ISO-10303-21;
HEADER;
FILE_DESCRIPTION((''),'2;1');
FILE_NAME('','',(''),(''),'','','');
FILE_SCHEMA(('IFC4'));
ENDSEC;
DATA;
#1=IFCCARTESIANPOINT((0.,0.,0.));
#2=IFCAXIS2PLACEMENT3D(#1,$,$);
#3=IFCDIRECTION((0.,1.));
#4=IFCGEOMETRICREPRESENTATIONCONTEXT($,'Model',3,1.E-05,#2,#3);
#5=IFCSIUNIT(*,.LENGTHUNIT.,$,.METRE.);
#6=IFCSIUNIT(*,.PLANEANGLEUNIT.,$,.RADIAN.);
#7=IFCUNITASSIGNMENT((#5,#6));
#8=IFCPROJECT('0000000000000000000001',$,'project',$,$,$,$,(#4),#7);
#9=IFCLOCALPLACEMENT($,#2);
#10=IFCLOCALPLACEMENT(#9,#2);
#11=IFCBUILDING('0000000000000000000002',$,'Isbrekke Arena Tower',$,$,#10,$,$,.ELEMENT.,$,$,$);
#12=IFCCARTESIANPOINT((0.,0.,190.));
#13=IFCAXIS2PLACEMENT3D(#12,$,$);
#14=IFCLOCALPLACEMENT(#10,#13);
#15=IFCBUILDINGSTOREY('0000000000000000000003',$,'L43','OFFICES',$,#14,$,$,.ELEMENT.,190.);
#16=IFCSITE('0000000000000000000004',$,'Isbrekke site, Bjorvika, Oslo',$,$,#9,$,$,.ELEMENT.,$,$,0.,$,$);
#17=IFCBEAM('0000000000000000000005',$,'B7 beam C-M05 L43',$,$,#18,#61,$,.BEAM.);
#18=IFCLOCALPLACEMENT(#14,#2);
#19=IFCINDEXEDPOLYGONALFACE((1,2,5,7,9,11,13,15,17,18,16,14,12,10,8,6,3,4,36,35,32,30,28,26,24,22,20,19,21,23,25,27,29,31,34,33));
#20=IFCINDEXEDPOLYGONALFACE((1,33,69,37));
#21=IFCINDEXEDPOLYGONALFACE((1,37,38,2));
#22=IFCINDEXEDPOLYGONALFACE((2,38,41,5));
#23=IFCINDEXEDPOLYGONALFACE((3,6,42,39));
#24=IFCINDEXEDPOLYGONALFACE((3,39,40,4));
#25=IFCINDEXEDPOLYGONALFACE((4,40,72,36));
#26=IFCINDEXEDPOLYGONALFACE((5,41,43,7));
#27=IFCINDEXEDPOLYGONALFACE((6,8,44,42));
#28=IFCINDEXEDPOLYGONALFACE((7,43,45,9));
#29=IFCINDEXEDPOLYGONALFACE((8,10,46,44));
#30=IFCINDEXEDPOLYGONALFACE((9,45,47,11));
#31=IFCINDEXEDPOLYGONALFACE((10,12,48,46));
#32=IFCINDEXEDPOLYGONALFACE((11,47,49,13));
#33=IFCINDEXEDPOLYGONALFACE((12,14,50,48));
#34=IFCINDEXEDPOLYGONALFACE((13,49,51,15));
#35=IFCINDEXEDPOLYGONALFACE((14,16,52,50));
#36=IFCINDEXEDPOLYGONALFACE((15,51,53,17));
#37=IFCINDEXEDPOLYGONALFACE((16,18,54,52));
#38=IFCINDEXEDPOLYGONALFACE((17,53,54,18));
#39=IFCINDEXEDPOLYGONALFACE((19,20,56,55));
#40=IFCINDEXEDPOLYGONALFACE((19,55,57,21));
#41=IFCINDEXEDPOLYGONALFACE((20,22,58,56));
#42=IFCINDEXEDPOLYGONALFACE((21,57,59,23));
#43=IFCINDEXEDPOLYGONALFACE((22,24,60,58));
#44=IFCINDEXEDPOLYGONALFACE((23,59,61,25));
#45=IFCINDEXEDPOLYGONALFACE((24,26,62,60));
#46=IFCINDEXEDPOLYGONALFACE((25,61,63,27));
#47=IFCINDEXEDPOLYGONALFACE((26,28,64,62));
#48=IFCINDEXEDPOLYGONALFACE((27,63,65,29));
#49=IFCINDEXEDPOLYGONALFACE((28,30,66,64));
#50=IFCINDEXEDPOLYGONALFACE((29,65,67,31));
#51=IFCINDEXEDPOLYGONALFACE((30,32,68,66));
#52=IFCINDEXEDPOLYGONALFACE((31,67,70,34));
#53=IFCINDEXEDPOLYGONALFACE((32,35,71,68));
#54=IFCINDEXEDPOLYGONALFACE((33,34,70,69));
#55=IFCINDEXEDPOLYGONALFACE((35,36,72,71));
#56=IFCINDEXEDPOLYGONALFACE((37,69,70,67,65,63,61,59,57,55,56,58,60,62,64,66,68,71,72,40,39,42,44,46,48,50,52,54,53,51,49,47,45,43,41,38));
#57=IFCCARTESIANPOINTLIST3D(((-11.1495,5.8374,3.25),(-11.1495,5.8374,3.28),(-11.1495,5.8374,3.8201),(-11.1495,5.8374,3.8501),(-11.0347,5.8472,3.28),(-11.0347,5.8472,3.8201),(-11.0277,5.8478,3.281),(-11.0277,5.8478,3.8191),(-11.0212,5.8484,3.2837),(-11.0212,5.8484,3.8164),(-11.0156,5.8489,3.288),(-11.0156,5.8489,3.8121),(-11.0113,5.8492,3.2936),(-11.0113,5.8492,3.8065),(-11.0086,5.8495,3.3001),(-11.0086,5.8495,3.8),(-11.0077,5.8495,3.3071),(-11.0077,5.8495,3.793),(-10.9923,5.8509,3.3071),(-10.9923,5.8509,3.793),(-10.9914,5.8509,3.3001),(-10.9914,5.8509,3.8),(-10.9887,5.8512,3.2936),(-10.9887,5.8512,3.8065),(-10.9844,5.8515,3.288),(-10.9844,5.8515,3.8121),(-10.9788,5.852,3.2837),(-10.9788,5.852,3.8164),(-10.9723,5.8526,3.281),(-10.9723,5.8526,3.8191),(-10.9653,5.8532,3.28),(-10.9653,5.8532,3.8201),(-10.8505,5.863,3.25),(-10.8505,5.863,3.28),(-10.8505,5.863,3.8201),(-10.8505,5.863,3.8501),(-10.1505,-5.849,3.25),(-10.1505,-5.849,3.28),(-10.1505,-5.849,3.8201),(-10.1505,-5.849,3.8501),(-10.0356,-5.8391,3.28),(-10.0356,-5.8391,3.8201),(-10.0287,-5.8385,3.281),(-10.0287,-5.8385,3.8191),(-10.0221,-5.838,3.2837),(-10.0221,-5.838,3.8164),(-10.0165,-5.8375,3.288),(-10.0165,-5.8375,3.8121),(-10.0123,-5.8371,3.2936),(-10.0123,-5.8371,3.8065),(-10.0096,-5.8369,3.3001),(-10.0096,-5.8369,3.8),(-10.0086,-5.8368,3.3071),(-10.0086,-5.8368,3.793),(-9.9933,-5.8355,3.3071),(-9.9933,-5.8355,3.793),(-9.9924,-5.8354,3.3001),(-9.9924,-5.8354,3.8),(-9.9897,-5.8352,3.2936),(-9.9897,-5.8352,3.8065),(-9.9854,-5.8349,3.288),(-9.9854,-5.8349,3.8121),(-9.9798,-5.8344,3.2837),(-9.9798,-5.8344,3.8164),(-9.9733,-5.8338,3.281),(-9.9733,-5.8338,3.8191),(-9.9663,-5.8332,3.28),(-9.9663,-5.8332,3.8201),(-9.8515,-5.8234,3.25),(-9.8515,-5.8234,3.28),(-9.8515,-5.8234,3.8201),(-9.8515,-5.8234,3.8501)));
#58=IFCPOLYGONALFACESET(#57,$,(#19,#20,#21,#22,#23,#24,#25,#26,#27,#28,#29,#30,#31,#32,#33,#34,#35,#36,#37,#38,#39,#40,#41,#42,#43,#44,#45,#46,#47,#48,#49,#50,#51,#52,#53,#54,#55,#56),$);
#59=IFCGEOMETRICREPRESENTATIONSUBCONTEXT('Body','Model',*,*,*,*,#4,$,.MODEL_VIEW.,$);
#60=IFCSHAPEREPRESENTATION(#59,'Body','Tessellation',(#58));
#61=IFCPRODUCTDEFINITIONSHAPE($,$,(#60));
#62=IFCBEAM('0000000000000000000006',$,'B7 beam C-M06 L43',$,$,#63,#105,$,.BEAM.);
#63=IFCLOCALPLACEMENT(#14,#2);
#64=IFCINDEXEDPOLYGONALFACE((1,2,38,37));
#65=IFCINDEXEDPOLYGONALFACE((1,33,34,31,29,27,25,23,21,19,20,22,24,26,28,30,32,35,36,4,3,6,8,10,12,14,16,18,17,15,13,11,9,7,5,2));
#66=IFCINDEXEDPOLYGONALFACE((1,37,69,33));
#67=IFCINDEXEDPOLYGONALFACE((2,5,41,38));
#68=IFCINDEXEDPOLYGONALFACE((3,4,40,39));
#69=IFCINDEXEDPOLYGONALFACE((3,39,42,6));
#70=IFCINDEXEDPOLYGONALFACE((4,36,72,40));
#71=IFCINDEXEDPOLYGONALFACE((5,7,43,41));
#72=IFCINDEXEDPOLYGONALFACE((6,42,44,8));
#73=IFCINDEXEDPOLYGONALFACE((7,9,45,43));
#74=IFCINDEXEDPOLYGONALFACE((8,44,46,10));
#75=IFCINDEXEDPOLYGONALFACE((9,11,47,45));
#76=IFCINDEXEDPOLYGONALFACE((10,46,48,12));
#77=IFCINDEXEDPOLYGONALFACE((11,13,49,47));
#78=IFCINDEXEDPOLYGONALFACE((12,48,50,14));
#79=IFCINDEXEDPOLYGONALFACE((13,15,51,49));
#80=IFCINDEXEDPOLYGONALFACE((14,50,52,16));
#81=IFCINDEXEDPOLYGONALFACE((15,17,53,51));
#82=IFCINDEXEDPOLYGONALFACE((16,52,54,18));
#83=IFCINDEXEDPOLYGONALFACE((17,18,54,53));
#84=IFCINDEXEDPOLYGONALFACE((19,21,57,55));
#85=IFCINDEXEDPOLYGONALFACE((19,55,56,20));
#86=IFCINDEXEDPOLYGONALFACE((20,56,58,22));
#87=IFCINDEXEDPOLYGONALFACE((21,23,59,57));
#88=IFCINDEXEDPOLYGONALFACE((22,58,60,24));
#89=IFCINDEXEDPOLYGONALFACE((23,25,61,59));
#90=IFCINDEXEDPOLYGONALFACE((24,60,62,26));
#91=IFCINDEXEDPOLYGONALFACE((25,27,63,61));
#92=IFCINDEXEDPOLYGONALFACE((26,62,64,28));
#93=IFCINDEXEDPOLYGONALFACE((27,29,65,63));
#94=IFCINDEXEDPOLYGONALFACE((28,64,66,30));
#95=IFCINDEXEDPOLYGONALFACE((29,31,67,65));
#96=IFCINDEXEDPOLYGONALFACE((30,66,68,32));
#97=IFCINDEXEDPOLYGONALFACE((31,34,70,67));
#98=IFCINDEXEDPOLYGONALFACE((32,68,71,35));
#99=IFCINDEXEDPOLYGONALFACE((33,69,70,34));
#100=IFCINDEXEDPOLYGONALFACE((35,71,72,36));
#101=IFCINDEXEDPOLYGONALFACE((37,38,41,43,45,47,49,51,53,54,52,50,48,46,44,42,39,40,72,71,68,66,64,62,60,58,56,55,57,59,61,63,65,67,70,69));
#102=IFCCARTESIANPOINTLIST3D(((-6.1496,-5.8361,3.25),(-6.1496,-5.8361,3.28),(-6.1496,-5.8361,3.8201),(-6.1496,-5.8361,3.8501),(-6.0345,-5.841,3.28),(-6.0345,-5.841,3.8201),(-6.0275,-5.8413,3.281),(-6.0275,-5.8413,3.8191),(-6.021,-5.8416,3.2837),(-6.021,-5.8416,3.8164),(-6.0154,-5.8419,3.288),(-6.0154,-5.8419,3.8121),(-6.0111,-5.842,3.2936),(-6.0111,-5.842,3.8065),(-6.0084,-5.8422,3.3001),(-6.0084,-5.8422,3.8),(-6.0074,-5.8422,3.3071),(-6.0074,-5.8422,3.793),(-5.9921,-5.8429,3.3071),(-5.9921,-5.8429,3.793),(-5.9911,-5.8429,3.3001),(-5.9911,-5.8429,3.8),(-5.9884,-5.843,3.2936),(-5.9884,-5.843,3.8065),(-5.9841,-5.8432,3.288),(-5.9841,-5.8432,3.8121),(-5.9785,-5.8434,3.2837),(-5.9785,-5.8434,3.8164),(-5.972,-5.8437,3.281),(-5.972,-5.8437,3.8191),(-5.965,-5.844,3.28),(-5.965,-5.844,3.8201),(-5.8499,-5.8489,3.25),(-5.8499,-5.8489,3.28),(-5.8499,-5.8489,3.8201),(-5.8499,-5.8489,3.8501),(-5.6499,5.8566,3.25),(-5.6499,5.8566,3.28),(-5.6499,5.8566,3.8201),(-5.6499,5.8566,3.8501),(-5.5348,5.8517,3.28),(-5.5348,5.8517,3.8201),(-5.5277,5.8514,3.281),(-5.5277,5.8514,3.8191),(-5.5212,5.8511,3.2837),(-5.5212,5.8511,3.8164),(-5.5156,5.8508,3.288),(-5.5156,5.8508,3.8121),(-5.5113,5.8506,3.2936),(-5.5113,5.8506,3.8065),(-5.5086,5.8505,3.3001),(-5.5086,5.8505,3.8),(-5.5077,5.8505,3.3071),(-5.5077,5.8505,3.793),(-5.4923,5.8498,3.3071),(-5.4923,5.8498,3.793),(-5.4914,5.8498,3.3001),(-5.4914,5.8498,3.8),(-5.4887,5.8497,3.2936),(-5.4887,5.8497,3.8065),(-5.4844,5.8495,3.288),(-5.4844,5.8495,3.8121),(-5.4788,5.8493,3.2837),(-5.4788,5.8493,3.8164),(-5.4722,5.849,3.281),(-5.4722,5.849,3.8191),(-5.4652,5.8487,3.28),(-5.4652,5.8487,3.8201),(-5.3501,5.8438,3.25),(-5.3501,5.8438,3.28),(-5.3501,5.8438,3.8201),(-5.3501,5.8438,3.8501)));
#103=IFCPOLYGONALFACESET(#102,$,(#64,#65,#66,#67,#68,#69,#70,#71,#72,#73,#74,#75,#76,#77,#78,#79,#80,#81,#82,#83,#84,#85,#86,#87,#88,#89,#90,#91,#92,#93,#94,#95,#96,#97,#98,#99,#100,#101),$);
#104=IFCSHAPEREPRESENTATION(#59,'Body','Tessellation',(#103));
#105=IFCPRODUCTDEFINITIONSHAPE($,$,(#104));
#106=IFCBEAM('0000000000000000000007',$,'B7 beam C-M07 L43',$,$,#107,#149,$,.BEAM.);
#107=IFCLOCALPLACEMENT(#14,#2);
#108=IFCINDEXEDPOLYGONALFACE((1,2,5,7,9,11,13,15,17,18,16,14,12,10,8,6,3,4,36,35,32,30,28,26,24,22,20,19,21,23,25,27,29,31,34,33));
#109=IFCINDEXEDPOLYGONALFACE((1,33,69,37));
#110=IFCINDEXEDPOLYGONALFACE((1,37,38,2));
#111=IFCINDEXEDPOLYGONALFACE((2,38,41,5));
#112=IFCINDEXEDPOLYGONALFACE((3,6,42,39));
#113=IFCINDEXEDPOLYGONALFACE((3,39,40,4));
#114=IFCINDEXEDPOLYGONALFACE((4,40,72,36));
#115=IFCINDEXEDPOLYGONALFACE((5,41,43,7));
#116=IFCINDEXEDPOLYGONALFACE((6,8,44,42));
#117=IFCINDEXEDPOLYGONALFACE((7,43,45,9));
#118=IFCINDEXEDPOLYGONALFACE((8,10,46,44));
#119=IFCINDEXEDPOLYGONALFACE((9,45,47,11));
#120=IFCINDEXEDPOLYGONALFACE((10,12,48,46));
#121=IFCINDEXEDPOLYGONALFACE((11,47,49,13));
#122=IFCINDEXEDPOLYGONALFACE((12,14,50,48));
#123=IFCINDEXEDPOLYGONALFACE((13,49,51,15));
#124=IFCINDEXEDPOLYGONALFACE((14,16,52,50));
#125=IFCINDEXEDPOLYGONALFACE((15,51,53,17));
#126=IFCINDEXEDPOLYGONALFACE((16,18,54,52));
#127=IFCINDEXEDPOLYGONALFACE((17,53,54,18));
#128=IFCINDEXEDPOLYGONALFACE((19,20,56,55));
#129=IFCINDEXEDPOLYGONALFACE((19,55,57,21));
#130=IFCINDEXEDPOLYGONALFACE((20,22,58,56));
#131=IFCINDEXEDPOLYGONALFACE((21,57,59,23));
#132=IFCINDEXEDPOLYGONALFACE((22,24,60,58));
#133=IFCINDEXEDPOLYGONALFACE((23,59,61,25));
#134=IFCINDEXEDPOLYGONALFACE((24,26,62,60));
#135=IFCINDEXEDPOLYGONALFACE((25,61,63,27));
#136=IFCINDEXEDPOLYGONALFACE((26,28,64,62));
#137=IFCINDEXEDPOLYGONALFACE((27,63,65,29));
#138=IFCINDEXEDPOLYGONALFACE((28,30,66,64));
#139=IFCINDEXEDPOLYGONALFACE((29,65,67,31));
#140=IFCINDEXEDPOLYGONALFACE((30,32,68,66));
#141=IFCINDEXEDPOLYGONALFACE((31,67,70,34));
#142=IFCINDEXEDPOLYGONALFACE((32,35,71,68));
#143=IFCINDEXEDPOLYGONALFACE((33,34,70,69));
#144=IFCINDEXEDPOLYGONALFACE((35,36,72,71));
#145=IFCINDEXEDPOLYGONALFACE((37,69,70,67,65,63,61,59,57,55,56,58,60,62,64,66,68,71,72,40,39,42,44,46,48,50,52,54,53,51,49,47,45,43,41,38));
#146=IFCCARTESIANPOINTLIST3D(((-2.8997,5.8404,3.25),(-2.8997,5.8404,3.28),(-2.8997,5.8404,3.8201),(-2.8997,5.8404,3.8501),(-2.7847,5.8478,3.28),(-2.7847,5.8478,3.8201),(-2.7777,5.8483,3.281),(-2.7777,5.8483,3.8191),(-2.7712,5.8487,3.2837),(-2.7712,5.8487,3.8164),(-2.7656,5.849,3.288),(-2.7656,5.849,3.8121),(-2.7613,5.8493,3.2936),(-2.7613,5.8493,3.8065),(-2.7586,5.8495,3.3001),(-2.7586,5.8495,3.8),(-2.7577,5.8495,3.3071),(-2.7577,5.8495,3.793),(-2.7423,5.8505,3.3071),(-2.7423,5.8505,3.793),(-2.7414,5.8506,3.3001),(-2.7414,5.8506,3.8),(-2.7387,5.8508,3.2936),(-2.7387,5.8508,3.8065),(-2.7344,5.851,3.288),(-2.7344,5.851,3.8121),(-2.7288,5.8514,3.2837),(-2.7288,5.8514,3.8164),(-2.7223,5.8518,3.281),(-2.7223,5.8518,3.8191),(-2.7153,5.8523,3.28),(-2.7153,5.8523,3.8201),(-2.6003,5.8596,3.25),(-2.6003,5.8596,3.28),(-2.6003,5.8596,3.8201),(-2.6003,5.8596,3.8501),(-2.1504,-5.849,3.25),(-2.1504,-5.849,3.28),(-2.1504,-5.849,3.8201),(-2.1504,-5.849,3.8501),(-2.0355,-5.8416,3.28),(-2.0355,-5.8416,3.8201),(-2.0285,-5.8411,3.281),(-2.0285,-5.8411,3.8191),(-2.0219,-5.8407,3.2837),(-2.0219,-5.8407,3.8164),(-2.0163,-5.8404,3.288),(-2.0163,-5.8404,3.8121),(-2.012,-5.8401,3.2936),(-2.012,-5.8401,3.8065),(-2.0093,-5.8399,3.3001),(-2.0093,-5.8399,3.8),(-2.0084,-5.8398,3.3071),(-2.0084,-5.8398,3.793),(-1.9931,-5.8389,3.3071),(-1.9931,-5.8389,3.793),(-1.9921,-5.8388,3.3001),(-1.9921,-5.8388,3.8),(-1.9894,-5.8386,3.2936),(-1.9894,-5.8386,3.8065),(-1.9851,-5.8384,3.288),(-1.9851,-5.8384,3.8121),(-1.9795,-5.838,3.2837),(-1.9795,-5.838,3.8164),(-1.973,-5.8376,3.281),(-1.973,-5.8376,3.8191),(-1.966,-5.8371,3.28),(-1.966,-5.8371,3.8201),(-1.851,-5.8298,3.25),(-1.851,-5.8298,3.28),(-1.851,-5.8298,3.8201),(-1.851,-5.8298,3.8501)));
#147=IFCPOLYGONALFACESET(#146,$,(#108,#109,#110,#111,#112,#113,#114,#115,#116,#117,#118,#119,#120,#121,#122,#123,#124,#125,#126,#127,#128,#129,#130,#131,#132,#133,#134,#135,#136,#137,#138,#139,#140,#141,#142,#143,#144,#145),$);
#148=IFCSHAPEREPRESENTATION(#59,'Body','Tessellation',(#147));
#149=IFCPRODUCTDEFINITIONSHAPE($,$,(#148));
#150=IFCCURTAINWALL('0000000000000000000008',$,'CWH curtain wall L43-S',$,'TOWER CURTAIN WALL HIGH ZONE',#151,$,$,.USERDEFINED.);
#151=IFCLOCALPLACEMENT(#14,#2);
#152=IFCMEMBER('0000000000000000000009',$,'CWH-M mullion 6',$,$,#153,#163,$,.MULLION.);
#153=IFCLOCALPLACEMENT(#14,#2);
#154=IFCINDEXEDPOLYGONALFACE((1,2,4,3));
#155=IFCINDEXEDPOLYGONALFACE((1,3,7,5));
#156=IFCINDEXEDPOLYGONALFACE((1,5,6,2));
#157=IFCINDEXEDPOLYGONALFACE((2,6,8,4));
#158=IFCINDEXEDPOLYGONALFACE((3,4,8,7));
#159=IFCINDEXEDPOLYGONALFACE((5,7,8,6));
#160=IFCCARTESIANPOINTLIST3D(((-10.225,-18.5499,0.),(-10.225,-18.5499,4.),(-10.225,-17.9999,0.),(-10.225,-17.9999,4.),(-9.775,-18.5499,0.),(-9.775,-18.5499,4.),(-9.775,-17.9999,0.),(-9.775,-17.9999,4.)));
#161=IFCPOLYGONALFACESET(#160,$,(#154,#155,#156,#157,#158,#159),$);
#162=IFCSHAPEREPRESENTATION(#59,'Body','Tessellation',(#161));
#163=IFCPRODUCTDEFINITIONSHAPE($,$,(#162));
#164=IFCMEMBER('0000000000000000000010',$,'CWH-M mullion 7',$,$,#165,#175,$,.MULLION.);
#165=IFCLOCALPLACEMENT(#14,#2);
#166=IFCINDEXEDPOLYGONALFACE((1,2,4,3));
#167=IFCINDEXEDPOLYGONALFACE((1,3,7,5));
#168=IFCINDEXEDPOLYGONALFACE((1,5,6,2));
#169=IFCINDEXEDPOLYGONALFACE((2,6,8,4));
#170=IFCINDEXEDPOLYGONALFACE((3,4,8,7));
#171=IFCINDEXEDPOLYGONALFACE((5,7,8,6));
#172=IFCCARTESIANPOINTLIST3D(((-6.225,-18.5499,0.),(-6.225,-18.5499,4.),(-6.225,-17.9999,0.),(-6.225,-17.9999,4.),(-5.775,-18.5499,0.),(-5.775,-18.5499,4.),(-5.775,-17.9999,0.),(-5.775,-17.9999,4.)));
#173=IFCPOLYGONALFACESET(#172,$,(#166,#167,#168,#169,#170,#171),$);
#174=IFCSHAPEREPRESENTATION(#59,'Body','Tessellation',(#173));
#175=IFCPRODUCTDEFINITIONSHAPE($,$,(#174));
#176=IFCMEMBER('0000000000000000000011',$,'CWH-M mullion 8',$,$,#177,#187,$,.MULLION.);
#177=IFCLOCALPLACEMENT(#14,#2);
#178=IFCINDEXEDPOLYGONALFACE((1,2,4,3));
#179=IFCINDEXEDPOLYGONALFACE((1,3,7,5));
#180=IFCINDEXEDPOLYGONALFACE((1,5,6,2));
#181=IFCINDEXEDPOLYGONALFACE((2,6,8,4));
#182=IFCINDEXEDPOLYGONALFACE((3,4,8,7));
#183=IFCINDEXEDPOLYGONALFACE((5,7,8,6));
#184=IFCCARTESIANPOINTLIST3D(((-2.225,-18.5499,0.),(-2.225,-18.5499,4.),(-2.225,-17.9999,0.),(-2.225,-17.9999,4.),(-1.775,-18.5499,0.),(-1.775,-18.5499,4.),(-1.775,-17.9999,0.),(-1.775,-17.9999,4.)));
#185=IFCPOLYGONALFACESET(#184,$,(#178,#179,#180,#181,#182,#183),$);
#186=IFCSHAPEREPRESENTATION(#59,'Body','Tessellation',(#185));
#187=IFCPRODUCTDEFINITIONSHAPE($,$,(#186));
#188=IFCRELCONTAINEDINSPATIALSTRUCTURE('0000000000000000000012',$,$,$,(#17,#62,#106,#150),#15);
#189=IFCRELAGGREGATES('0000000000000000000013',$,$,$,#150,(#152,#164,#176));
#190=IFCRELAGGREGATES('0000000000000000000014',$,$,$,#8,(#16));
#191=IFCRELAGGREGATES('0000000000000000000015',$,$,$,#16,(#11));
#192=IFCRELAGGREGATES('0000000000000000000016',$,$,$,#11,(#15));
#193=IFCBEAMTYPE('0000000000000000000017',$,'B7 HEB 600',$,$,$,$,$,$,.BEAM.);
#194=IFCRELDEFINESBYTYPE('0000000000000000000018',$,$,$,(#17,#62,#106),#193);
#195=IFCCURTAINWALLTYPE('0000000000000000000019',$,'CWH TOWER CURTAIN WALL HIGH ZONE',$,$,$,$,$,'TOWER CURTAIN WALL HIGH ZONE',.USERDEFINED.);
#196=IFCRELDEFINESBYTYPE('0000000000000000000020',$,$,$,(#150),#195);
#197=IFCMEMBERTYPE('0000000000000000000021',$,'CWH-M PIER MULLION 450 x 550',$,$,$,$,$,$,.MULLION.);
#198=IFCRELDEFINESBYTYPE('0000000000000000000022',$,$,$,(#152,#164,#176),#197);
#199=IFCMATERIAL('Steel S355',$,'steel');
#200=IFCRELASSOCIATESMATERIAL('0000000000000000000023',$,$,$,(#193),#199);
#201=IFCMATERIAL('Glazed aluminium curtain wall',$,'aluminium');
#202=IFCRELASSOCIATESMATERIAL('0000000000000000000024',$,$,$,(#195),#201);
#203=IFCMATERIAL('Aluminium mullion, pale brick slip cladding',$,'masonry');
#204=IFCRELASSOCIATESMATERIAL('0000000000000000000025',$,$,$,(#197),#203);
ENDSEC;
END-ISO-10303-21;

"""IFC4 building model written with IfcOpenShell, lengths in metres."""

from ifc_helpers import new_model, si_unit, direction, frame, origin, origin_2d, place, context, subcontext, project, spatial, rectangle, i_section, extrude, material, material_profile, profile_set, type_object, element, aggregate, save


model = new_model("IFC4")

# Units and contexts
model_context = context("Model", 3, precision=1e-05, world=origin(), true_north=direction((0.0, 1.0)))
body_context = subcontext(model_context, "Body", "Model", "MODEL_VIEW")
ifc_project = project(units=[si_unit("LENGTHUNIT", "METRE"), si_unit("PLANEANGLEUNIT", "RADIAN")], contexts=[model_context])

# Site, building, storey
site_placement = place(None, origin())
site = spatial("IfcSite", under=ifc_project, at=site_placement, Name="Isbrekke site, Bjorvika, Oslo", CompositionType="ELEMENT", RefElevation=0.0)
building_placement = place(site_placement, origin())
building = spatial("IfcBuilding", under=site, at=building_placement, Name="Isbrekke Arena Tower", CompositionType="ELEMENT")
storey_placement = place(building_placement, frame((0.0, 0.0, 190.0)))
storey = spatial("IfcBuildingStorey", under=building, at=storey_placement, Name="L43", Description="OFFICES", CompositionType="ELEMENT", Elevation=190.0)

# Beams
ifc_material_1 = material(Name="Steel S355", Category="steel")
ifc_material_profile_1 = material_profile(ifc_material_1, i_section(OverallWidth=0.3, OverallDepth=0.6001, WebThickness=0.0154, FlangeThickness=0.03, FilletRadius=0.0271, at=origin_2d()), Name="HEB 600")
ifc_profile_set_1 = profile_set([ifc_material_profile_1], Name="Steel S355")
beam_type_1 = type_object("IfcBeamType", Name="B7 HEB 600", PredefinedType="BEAM", material=ifc_profile_set_1)
beam_1_placement = place(storey_placement, frame((-10.001, -5.8362, 3.55), z_axis=(-0.085176, 0.996366, 0.0), x_axis=(-0.996366, -0.085176, 0.0)))
element("IfcBeam", 1, at=beam_1_placement, inside=storey, type_object=beam_type_1, Name="B7 beam C-M05 L43", PredefinedType="BEAM", context=body_context, shape_type="SweptSolid", body=[
    extrude(i_section(OverallWidth=0.3, OverallDepth=0.6001, WebThickness=0.0154, FlangeThickness=0.03, FilletRadius=0.0271, at=origin_2d()), origin(), (0.0, 0.0, 1.0), 11.729),
])
beam_2_placement = place(storey_placement, frame((-5.9998, -5.8425, 3.55), z_axis=(0.042702, 0.999088, 0.0), x_axis=(-0.999088, 0.042702, 0.0)))
element("IfcBeam", 2, at=beam_2_placement, inside=storey, type_object=beam_type_1, Name="B7 beam C-M06 L43", PredefinedType="BEAM", context=body_context, shape_type="SweptSolid", body=[
    extrude(i_section(OverallWidth=0.3, OverallDepth=0.6001, WebThickness=0.0154, FlangeThickness=0.03, FilletRadius=0.0271, at=origin_2d()), origin(), (0.0, 0.0, 1.0), 11.7034),
])
beam_3_placement = place(storey_placement, frame((-2.0007, -5.8394, 3.55), z_axis=(-0.063966, 0.997952, 0.0), x_axis=(-0.997952, -0.063966, 0.0)))
element("IfcBeam", 3, at=beam_3_placement, inside=storey, type_object=beam_type_1, Name="B7 beam C-M07 L43", PredefinedType="BEAM", context=body_context, shape_type="SweptSolid", body=[
    extrude(i_section(OverallWidth=0.3, OverallDepth=0.6001, WebThickness=0.0154, FlangeThickness=0.03, FilletRadius=0.0271, at=origin_2d()), origin(), (0.0, 0.0, 1.0), 11.7134),
])

# Curtain wall, members
ifc_material_2 = material(Name="Glazed aluminium curtain wall", Category="aluminium")
curtain_wall_type = type_object("IfcCurtainWallType", Name="CWH TOWER CURTAIN WALL HIGH ZONE", ElementType="TOWER CURTAIN WALL HIGH ZONE", PredefinedType="USERDEFINED", material=ifc_material_2)
curtain_wall_placement = place(storey_placement, origin())
curtain_wall = element("IfcCurtainWall", 4, at=curtain_wall_placement, inside=storey, type_object=curtain_wall_type, Name="CWH curtain wall L43-S", ObjectType="TOWER CURTAIN WALL HIGH ZONE", PredefinedType="USERDEFINED")
ifc_material_3 = material(Name="Aluminium mullion, pale brick slip cladding", Category="masonry")
ifc_material_profile_2 = material_profile(ifc_material_3, rectangle(XDim=0.45, YDim=0.55, at=origin_2d()), Name="PIER 450X550")
ifc_profile_set_2 = profile_set([ifc_material_profile_2], Name="Aluminium mullion, pale brick slip cladding")
member_type_1 = type_object("IfcMemberType", Name="CWH-M PIER MULLION 450 x 550", PredefinedType="MULLION", material=ifc_profile_set_2)
member_1_placement = place(storey_placement, frame((-10.0, -18.2749, 0.0), z_axis=(0.0, 0.0, 1.0), x_axis=(1.0, 0.0, 0.0)))
member_1 = element("IfcMember", 5, at=member_1_placement, type_object=member_type_1, Name="CWH-M mullion 6", PredefinedType="MULLION", context=body_context, shape_type="SweptSolid", body=[
    extrude(rectangle(XDim=0.45, YDim=0.55, at=origin_2d()), origin(), (0.0, 0.0, 1.0), 4.0),
])
member_2_placement = place(storey_placement, frame((-6.0, -18.2749, 0.0), z_axis=(0.0, 0.0, 1.0), x_axis=(1.0, 0.0, 0.0)))
member_2 = element("IfcMember", 6, at=member_2_placement, type_object=member_type_1, Name="CWH-M mullion 7", PredefinedType="MULLION", context=body_context, shape_type="SweptSolid", body=[
    extrude(rectangle(XDim=0.45, YDim=0.55, at=origin_2d()), origin(), (0.0, 0.0, 1.0), 4.0),
])
member_3_placement = place(storey_placement, frame((-2.0, -18.2749, 0.0), z_axis=(0.0, 0.0, 1.0), x_axis=(1.0, 0.0, 0.0)))
member_3 = element("IfcMember", 7, at=member_3_placement, type_object=member_type_1, Name="CWH-M mullion 8", PredefinedType="MULLION", context=body_context, shape_type="SweptSolid", body=[
    extrude(rectangle(XDim=0.45, YDim=0.55, at=origin_2d()), origin(), (0.0, 0.0, 1.0), 4.0),
])

aggregate(curtain_wall, [member_1, member_2, member_3])

save(model, "model.ifc")
